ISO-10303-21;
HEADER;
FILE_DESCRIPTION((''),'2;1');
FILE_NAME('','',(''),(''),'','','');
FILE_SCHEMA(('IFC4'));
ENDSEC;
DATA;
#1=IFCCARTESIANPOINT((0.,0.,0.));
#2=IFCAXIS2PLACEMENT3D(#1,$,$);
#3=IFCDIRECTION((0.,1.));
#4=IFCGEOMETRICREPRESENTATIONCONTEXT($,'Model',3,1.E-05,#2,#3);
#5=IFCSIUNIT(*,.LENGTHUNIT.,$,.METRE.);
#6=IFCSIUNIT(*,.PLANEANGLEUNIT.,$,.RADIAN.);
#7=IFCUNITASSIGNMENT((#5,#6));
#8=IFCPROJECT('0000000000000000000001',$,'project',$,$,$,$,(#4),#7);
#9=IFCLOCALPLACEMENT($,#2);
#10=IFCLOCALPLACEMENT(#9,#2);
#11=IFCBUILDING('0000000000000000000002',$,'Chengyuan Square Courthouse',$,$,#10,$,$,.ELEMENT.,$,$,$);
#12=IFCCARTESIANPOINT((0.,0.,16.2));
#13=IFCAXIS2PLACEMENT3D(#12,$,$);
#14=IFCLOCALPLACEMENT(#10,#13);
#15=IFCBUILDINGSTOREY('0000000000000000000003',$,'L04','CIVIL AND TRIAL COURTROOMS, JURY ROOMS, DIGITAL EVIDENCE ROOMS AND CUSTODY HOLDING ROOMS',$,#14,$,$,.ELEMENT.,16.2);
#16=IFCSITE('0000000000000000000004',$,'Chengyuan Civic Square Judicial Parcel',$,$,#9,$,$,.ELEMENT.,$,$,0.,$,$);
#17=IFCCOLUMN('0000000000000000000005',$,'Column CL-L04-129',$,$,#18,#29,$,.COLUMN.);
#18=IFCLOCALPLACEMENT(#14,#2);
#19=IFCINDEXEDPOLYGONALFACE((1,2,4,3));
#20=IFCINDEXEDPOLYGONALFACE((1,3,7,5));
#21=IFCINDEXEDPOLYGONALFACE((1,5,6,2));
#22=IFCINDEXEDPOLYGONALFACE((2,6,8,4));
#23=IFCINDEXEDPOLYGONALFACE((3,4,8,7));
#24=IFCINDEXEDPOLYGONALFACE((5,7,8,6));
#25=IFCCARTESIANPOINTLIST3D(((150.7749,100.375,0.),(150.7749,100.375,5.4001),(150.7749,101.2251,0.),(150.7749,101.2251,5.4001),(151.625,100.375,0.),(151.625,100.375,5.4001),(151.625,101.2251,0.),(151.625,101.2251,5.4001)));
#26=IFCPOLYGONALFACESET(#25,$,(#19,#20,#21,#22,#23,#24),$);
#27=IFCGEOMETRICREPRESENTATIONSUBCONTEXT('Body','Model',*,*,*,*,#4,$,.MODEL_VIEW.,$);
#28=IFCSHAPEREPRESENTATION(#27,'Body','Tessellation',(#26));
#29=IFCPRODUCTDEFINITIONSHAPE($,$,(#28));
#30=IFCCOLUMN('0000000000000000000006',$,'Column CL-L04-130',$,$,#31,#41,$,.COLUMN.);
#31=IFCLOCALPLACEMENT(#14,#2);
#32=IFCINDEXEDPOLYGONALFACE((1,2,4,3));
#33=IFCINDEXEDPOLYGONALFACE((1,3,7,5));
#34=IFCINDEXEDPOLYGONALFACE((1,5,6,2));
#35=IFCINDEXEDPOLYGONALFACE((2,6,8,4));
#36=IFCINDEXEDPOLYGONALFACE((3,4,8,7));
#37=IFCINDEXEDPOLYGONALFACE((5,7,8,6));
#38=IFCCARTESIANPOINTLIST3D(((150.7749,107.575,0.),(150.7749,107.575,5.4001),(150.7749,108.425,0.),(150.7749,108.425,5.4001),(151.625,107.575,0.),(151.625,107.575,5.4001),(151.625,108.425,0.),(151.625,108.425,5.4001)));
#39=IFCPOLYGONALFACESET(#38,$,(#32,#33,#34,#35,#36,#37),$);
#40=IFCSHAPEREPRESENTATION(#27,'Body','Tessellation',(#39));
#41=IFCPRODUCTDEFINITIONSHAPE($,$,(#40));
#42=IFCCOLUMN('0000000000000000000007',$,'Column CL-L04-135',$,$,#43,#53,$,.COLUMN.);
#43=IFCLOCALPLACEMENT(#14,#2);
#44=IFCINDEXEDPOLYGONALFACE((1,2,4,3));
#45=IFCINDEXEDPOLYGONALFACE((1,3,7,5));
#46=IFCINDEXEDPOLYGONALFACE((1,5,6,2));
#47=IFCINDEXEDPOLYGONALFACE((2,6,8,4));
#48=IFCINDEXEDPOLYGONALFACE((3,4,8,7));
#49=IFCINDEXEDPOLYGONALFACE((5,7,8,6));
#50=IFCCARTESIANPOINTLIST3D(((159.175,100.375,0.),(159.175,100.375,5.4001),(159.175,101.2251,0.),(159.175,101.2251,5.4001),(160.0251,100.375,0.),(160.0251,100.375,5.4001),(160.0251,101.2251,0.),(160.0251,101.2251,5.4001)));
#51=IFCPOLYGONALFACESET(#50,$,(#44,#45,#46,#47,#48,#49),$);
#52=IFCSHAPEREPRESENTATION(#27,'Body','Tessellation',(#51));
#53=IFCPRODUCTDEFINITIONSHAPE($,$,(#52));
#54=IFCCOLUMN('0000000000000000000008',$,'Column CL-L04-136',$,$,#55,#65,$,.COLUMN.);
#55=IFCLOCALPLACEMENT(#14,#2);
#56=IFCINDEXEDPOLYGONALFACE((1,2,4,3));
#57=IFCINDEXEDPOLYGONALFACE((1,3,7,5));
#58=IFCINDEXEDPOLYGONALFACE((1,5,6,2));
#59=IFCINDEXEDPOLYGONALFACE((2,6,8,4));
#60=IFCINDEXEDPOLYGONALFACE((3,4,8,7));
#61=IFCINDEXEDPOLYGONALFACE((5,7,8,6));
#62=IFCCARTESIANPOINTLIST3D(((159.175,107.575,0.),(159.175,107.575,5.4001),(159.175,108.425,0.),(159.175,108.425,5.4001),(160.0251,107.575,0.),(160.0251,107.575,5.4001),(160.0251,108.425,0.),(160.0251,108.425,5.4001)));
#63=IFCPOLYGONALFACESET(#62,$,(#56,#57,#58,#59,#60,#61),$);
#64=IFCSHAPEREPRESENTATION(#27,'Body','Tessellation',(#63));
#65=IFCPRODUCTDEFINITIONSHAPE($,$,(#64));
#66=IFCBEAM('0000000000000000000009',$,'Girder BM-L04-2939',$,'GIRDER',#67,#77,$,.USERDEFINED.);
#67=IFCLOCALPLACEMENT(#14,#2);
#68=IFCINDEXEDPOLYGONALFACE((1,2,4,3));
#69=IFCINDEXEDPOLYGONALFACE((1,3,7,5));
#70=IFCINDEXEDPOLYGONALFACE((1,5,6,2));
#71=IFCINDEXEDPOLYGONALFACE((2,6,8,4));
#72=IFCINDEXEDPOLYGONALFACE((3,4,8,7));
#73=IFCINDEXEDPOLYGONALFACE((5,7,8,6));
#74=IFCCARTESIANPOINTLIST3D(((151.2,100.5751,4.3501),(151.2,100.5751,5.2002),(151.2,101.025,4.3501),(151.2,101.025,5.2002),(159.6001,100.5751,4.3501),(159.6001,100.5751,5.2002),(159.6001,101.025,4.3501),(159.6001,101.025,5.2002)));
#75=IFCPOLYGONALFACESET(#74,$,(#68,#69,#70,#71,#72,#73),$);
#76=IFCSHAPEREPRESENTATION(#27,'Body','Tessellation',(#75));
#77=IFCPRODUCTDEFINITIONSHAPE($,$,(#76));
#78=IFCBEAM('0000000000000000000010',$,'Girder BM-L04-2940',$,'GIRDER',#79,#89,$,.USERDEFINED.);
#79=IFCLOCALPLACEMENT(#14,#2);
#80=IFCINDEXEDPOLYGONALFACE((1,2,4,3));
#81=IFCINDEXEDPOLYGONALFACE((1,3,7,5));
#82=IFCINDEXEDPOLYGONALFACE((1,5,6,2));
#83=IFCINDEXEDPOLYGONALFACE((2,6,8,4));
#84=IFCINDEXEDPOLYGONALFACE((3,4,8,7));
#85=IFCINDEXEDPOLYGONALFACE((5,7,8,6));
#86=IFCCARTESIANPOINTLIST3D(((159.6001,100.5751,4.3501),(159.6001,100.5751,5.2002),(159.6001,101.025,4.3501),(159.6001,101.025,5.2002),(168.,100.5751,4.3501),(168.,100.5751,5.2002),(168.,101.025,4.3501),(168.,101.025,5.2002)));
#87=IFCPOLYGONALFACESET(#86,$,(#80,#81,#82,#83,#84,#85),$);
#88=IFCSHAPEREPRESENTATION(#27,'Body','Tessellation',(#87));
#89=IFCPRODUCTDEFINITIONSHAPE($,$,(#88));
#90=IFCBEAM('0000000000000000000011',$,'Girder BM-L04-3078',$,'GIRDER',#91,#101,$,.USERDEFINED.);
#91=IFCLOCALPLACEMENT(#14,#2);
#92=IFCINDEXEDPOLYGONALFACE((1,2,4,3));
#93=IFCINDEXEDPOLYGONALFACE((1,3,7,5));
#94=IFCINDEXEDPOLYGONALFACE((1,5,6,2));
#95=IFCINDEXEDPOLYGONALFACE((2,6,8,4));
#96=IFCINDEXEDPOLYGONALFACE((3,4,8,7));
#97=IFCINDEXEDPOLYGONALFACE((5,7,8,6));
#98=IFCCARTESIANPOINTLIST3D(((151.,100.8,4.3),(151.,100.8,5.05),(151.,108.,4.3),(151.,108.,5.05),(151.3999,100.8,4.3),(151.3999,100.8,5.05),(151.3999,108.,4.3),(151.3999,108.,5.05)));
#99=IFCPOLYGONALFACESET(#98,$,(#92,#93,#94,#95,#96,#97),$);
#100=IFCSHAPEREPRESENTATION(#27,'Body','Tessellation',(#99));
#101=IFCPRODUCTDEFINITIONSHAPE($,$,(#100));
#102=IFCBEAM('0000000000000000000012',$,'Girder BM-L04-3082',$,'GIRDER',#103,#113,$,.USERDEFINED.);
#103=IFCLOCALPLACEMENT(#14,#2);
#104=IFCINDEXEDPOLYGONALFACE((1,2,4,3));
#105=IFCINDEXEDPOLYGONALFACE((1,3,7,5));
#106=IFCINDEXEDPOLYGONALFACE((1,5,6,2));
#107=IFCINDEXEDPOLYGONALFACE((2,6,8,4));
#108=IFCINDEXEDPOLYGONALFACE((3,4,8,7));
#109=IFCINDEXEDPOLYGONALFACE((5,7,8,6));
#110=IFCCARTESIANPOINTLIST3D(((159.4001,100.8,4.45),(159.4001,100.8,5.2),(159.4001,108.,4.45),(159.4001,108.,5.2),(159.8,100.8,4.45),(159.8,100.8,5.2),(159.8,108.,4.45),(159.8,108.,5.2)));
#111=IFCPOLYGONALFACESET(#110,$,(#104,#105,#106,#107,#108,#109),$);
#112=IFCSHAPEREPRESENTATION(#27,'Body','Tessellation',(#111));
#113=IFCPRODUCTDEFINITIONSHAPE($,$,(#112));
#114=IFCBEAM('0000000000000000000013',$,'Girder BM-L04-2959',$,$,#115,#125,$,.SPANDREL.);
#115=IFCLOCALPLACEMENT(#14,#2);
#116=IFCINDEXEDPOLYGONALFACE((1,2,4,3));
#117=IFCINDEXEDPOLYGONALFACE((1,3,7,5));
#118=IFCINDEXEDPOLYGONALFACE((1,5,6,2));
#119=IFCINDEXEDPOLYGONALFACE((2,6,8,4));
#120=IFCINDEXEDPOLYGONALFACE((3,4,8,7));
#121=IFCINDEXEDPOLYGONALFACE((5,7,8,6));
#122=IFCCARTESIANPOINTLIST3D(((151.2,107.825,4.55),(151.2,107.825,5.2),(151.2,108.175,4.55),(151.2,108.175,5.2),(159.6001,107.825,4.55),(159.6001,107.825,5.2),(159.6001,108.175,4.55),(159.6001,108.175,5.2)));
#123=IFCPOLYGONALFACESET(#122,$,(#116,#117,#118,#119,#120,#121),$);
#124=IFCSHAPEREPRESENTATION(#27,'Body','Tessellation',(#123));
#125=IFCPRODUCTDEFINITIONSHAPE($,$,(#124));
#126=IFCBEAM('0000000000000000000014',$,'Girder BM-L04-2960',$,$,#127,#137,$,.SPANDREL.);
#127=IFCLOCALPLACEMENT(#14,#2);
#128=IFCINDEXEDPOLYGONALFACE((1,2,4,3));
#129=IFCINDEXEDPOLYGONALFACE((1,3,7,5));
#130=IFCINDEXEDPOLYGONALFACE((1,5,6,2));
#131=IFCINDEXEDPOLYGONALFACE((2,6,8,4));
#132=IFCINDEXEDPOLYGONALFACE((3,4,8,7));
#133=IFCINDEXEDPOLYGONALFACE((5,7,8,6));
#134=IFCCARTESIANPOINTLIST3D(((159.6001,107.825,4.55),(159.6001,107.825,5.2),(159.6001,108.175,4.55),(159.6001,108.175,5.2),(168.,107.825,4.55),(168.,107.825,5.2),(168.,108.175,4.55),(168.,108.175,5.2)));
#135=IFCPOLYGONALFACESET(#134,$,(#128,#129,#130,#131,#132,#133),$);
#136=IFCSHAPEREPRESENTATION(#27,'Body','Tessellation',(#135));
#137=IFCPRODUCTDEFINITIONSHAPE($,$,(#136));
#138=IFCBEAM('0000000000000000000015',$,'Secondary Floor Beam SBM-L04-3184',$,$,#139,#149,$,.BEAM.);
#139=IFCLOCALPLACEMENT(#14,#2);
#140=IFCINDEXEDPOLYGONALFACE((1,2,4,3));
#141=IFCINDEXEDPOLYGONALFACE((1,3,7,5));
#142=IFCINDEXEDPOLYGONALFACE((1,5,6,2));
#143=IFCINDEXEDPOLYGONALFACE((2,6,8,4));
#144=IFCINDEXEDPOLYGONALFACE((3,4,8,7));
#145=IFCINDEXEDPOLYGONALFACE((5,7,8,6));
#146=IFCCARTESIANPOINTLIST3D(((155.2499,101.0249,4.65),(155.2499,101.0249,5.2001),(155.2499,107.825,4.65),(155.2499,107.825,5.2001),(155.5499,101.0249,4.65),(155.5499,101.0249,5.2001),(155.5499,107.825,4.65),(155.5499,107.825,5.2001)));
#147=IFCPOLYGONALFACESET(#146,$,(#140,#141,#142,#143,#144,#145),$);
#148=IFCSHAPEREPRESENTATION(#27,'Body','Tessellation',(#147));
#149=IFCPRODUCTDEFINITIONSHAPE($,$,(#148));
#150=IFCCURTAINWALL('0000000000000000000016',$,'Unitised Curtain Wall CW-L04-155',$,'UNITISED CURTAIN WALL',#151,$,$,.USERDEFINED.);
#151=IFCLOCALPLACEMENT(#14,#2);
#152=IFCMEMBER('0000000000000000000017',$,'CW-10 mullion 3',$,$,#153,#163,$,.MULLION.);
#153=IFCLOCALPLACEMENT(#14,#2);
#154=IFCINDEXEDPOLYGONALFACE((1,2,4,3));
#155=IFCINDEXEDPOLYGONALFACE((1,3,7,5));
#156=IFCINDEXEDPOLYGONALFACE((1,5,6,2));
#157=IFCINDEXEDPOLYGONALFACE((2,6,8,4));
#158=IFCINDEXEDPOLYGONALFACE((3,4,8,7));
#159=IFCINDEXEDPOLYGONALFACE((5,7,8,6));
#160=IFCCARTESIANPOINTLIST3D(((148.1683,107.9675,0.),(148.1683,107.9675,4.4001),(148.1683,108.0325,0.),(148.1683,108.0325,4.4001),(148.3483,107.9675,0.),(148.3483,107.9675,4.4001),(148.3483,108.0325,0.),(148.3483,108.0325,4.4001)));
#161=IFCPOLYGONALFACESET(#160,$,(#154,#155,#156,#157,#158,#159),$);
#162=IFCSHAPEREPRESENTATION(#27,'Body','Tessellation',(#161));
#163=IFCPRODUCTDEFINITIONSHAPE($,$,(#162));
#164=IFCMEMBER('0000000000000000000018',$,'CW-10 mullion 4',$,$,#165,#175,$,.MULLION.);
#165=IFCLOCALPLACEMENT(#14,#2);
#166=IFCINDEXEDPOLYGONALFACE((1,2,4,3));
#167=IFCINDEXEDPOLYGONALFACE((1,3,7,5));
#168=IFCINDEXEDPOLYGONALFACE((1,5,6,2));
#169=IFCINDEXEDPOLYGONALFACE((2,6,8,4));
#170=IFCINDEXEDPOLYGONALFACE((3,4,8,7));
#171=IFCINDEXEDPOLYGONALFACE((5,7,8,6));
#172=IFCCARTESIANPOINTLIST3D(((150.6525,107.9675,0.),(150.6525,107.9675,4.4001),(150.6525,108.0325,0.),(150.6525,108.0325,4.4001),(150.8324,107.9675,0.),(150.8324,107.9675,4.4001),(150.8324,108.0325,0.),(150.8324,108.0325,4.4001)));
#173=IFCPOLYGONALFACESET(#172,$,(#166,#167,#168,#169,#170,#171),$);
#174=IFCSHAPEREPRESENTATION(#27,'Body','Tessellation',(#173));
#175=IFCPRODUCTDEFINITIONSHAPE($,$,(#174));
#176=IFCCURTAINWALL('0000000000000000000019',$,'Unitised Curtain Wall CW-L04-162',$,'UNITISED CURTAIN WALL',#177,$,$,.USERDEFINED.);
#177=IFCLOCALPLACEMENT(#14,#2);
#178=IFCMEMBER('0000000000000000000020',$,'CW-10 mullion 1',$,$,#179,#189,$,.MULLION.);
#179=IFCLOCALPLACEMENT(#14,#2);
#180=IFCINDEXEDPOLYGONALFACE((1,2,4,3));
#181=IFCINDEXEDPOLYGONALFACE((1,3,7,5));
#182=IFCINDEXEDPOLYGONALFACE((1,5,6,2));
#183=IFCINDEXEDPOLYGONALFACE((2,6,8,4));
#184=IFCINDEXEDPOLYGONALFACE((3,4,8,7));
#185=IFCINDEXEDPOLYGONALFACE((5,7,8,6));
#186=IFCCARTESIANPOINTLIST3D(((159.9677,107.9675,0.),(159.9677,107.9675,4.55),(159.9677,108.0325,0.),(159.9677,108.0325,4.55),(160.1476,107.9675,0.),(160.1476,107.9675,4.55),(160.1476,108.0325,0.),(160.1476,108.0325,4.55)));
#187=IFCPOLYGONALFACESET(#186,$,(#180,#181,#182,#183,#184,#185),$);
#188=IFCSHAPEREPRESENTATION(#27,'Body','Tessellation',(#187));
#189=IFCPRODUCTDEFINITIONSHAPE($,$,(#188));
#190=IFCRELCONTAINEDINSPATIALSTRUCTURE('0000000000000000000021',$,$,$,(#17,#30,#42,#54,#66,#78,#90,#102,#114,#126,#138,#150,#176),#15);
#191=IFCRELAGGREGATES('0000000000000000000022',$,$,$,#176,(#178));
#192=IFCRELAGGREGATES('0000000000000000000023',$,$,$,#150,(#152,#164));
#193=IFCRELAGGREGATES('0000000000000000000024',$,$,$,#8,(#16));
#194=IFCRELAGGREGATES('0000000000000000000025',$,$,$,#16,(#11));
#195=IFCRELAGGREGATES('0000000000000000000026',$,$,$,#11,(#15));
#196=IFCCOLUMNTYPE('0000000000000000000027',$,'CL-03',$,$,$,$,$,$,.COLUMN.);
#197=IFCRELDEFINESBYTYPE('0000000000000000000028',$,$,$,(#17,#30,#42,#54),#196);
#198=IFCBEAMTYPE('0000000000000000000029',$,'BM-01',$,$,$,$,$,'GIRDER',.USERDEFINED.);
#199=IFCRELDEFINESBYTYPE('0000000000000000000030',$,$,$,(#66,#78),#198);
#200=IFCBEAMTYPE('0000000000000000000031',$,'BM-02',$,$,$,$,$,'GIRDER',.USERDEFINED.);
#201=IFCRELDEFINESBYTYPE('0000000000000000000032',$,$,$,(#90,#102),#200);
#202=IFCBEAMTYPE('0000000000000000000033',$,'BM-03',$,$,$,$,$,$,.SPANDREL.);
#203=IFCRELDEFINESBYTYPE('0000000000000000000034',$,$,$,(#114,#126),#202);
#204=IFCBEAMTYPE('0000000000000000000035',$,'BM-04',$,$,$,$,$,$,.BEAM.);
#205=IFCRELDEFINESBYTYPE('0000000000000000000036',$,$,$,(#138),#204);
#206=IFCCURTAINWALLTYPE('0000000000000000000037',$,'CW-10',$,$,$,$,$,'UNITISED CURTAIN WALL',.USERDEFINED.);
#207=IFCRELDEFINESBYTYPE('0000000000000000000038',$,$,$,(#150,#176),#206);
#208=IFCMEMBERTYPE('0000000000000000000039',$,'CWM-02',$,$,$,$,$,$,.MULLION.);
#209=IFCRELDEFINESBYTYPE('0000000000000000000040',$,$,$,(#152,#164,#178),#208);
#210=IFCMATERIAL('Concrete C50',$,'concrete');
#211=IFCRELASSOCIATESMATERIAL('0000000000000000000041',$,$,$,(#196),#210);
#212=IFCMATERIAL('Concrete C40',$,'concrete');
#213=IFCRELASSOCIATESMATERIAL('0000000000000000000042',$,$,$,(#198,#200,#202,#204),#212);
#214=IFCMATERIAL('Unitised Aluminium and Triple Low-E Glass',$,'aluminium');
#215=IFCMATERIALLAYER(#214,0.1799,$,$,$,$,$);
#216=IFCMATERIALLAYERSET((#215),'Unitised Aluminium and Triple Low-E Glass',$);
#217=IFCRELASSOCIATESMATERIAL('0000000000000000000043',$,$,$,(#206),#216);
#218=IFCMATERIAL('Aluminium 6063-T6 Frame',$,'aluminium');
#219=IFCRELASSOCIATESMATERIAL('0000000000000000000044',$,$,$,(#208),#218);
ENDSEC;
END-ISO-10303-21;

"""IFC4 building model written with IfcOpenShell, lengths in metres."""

from ifc_helpers import new_model, si_unit, direction, frame, origin, origin_2d, place, context, subcontext, project, spatial, rectangle, extrude, material, layer, layer_set, material_profile, profile_set, type_object, element, aggregate, save


model = new_model("IFC4")

# Units and contexts
model_context = context("Model", 3, precision=1e-05, world=origin(), true_north=direction((0.0, 1.0)))
body_context = subcontext(model_context, "Body", "Model", "MODEL_VIEW")
ifc_project = project(units=[si_unit("LENGTHUNIT", "METRE"), si_unit("PLANEANGLEUNIT", "RADIAN")], contexts=[model_context])

# Site, building, storey
site_placement = place(None, origin())
site = spatial("IfcSite", under=ifc_project, at=site_placement, Name="Chengyuan Civic Square Judicial Parcel", CompositionType="ELEMENT", RefElevation=0.0)
building_placement = place(site_placement, origin())
building = spatial("IfcBuilding", under=site, at=building_placement, Name="Chengyuan Square Courthouse", CompositionType="ELEMENT")
storey_placement = place(building_placement, frame((0.0, 0.0, 16.2)))
storey = spatial("IfcBuildingStorey", under=building, at=storey_placement, Name="L04", Description="CIVIL AND TRIAL COURTROOMS, JURY ROOMS, DIGITAL EVIDENCE ROOMS AND CUSTODY HOLDING ROOMS", CompositionType="ELEMENT", Elevation=16.2)

# Columns
ifc_material_1 = material(Name="Concrete C50", Category="concrete")
ifc_material_profile_1 = material_profile(ifc_material_1, rectangle(XDim=0.8501, YDim=0.8501, at=origin_2d()), Name="RC-COL-850x850")
ifc_profile_set_1 = profile_set([ifc_material_profile_1], Name="Concrete C50")
column_type = type_object("IfcColumnType", Name="CL-03", PredefinedType="COLUMN", material=ifc_profile_set_1)
for number, where, z_axis, x_axis, name in (
    (1, (151.2, 100.8, 0.0), (0.0, 0.0, 1.0), (1.0, 0.0, 0.0), "Column CL-L04-129"),
    (2, (151.2, 108.0, 0.0), (0.0, 0.0, 1.0), (1.0, 0.0, 0.0), "Column CL-L04-130"),
    (3, (159.6001, 100.8, 0.0), (0.0, 0.0, 1.0), (1.0, 0.0, 0.0), "Column CL-L04-135"),
    (4, (159.6001, 108.0, 0.0), (0.0, 0.0, 1.0), (1.0, 0.0, 0.0), "Column CL-L04-136"),
):
    element("IfcColumn", number, at=place(storey_placement, frame(where, z_axis=z_axis, x_axis=x_axis)), inside=storey, type_object=column_type, Name=name, PredefinedType="COLUMN", context=body_context, shape_type="SweptSolid", body=[
        extrude(rectangle(XDim=0.8501, YDim=0.8501, at=origin_2d()), origin(), (0.0, 0.0, 1.0), 5.4001),
    ])

# Beams
ifc_material_2 = material(Name="Concrete C40", Category="concrete")
ifc_material_profile_2 = material_profile(ifc_material_2, rectangle(XDim=0.45, YDim=0.8501, at=origin_2d()), Name="RC-BM-450x850")
ifc_profile_set_2 = profile_set([ifc_material_profile_2], Name="Concrete C40")
beam_type_1 = type_object("IfcBeamType", Name="BM-01", ElementType="GIRDER", PredefinedType="USERDEFINED", material=ifc_profile_set_2)
beam_1_placement = place(storey_placement, frame((151.2, 100.8, 4.7751), z_axis=(1.0, 0.0, 0.0), x_axis=(0.0, 1.0, 0.0)))
element("IfcBeam", 5, at=beam_1_placement, inside=storey, type_object=beam_type_1, Name="Girder BM-L04-2939", ObjectType="GIRDER", PredefinedType="USERDEFINED", context=body_context, shape_type="SweptSolid", body=[
    extrude(rectangle(XDim=0.45, YDim=0.8501, at=origin_2d()), origin(), (0.0, 0.0, 1.0), 8.4001),
])
beam_2_placement = place(storey_placement, frame((159.6001, 100.8, 4.7751), z_axis=(1.0, 0.0, 0.0), x_axis=(0.0, 1.0, 0.0)))
element("IfcBeam", 6, at=beam_2_placement, inside=storey, type_object=beam_type_1, Name="Girder BM-L04-2940", ObjectType="GIRDER", PredefinedType="USERDEFINED", context=body_context, shape_type="SweptSolid", body=[
    extrude(rectangle(XDim=0.45, YDim=0.8501, at=origin_2d()), origin(), (0.0, 0.0, 1.0), 8.3999),
])
ifc_material_profile_3 = material_profile(ifc_material_2, rectangle(XDim=0.3999, YDim=0.75, at=origin_2d()), Name="RC-BM-400x750")
ifc_profile_set_3 = profile_set([ifc_material_profile_3], Name="Concrete C40")
beam_type_2 = type_object("IfcBeamType", Name="BM-02", ElementType="GIRDER", PredefinedType="USERDEFINED", material=ifc_profile_set_3)
for number, where, z_axis, x_axis, name in (
    (7, (151.2, 100.8, 4.675), (0.0, 1.0, 0.0), (-1.0, 0.0, 0.0), "Girder BM-L04-3078"),
    (8, (159.6001, 100.8, 4.825), (0.0, 1.0, 0.0), (-1.0, 0.0, 0.0), "Girder BM-L04-3082"),
):
    element("IfcBeam", number, at=place(storey_placement, frame(where, z_axis=z_axis, x_axis=x_axis)), inside=storey, type_object=beam_type_2, Name=name, ObjectType="GIRDER", PredefinedType="USERDEFINED", context=body_context, shape_type="SweptSolid", body=[
        extrude(rectangle(XDim=0.3999, YDim=0.75, at=origin_2d()), origin(), (0.0, 0.0, 1.0), 7.2),
    ])
ifc_material_profile_4 = material_profile(ifc_material_2, rectangle(XDim=0.3501, YDim=0.6499, at=origin_2d()), Name="RC-BM-350x650")
ifc_profile_set_4 = profile_set([ifc_material_profile_4], Name="Concrete C40")
beam_type_3 = type_object("IfcBeamType", Name="BM-03", PredefinedType="SPANDREL", material=ifc_profile_set_4)
beam_3_placement = place(storey_placement, frame((151.2, 108.0, 4.875), z_axis=(1.0, 0.0, 0.0), x_axis=(0.0, 1.0, 0.0)))
element("IfcBeam", 9, at=beam_3_placement, inside=storey, type_object=beam_type_3, Name="Girder BM-L04-2959", PredefinedType="SPANDREL", context=body_context, shape_type="SweptSolid", body=[
    extrude(rectangle(XDim=0.3501, YDim=0.6499, at=origin_2d()), origin(), (0.0, 0.0, 1.0), 8.4001),
])
beam_4_placement = place(storey_placement, frame((159.6001, 108.0, 4.875), z_axis=(1.0, 0.0, 0.0), x_axis=(0.0, 1.0, 0.0)))
element("IfcBeam", 10, at=beam_4_placement, inside=storey, type_object=beam_type_3, Name="Girder BM-L04-2960", PredefinedType="SPANDREL", context=body_context, shape_type="SweptSolid", body=[
    extrude(rectangle(XDim=0.3501, YDim=0.6499, at=origin_2d()), origin(), (0.0, 0.0, 1.0), 8.3999),
])
ifc_material_profile_5 = material_profile(ifc_material_2, rectangle(XDim=0.3, YDim=0.55, at=origin_2d()), Name="RC-BM-300x550")
ifc_profile_set_5 = profile_set([ifc_material_profile_5], Name="Concrete C40")
beam_type_4 = type_object("IfcBeamType", Name="BM-04", PredefinedType="BEAM", material=ifc_profile_set_5)
beam_5_placement = place(storey_placement, frame((155.3999, 101.0249, 4.925), z_axis=(0.0, 1.0, 0.0), x_axis=(-1.0, 0.0, 0.0)))
element("IfcBeam", 11, at=beam_5_placement, inside=storey, type_object=beam_type_4, Name="Secondary Floor Beam SBM-L04-3184", PredefinedType="BEAM", context=body_context, shape_type="SweptSolid", body=[
    extrude(rectangle(XDim=0.3, YDim=0.55, at=origin_2d()), origin(), (0.0, 0.0, 1.0), 6.8),
])

# Curtain wall, members
ifc_material_3 = material(Name="Unitised Aluminium and Triple Low-E Glass", Category="aluminium")
ifc_layer_1 = layer(ifc_material_3, 0.1799)
ifc_layer_set_1 = layer_set([ifc_layer_1], Name="Unitised Aluminium and Triple Low-E Glass")
curtain_wall_type = type_object("IfcCurtainWallType", Name="CW-10", ElementType="UNITISED CURTAIN WALL", PredefinedType="USERDEFINED", material=ifc_layer_set_1)
curtain_wall_1_placement = place(storey_placement, origin())
curtain_wall_1 = element("IfcCurtainWall", 12, at=curtain_wall_1_placement, inside=storey, type_object=curtain_wall_type, Name="Unitised Curtain Wall CW-L04-155", ObjectType="UNITISED CURTAIN WALL", PredefinedType="USERDEFINED")
ifc_material_4 = material(Name="Aluminium 6063-T6 Frame", Category="aluminium")
ifc_material_profile_6 = material_profile(ifc_material_4, rectangle(XDim=0.0649, YDim=0.1799, at=origin_2d()), Name="CW-MUL-65x180")
ifc_profile_set_6 = profile_set([ifc_material_profile_6], Name="Aluminium 6063-T6 Frame")
member_type_1 = type_object("IfcMemberType", Name="CWM-02", PredefinedType="MULLION", material=ifc_profile_set_6)
member_1_placement = place(storey_placement, frame((148.2583, 108.0, 0.0), z_axis=(0.0, 0.0, 1.0), x_axis=(0.0, 1.0, 0.0)))
member_1 = element("IfcMember", 13, at=member_1_placement, type_object=member_type_1, Name="CW-10 mullion 3", PredefinedType="MULLION", context=body_context, shape_type="SweptSolid", body=[
    extrude(rectangle(XDim=0.0649, YDim=0.1799, at=origin_2d()), origin(), (0.0, 0.0, 1.0), 4.4001),
])
member_2_placement = place(storey_placement, frame((150.7424, 108.0, 0.0), z_axis=(0.0, 0.0, 1.0), x_axis=(0.0, 1.0, 0.0)))
member_2 = element("IfcMember", 14, at=member_2_placement, type_object=member_type_1, Name="CW-10 mullion 4", PredefinedType="MULLION", context=body_context, shape_type="SweptSolid", body=[
    extrude(rectangle(XDim=0.0649, YDim=0.1799, at=origin_2d()), origin(), (0.0, 0.0, 1.0), 4.4001),
])

# Curtain wall, member
curtain_wall_2_placement = place(storey_placement, origin())
curtain_wall_2 = element("IfcCurtainWall", 15, at=curtain_wall_2_placement, inside=storey, type_object=curtain_wall_type, Name="Unitised Curtain Wall CW-L04-162", ObjectType="UNITISED CURTAIN WALL", PredefinedType="USERDEFINED")
member_3_placement = place(storey_placement, frame((160.0576, 108.0, 0.0), z_axis=(0.0, 0.0, 1.0), x_axis=(0.0, 1.0, 0.0)))
member_3 = element("IfcMember", 16, at=member_3_placement, type_object=member_type_1, Name="CW-10 mullion 1", PredefinedType="MULLION", context=body_context, shape_type="SweptSolid", body=[
    extrude(rectangle(XDim=0.0649, YDim=0.1799, at=origin_2d()), origin(), (0.0, 0.0, 1.0), 4.55),
])

aggregate(curtain_wall_2, [member_3])

aggregate(curtain_wall_1, [member_1, member_2])

save(model, "model.ifc")
